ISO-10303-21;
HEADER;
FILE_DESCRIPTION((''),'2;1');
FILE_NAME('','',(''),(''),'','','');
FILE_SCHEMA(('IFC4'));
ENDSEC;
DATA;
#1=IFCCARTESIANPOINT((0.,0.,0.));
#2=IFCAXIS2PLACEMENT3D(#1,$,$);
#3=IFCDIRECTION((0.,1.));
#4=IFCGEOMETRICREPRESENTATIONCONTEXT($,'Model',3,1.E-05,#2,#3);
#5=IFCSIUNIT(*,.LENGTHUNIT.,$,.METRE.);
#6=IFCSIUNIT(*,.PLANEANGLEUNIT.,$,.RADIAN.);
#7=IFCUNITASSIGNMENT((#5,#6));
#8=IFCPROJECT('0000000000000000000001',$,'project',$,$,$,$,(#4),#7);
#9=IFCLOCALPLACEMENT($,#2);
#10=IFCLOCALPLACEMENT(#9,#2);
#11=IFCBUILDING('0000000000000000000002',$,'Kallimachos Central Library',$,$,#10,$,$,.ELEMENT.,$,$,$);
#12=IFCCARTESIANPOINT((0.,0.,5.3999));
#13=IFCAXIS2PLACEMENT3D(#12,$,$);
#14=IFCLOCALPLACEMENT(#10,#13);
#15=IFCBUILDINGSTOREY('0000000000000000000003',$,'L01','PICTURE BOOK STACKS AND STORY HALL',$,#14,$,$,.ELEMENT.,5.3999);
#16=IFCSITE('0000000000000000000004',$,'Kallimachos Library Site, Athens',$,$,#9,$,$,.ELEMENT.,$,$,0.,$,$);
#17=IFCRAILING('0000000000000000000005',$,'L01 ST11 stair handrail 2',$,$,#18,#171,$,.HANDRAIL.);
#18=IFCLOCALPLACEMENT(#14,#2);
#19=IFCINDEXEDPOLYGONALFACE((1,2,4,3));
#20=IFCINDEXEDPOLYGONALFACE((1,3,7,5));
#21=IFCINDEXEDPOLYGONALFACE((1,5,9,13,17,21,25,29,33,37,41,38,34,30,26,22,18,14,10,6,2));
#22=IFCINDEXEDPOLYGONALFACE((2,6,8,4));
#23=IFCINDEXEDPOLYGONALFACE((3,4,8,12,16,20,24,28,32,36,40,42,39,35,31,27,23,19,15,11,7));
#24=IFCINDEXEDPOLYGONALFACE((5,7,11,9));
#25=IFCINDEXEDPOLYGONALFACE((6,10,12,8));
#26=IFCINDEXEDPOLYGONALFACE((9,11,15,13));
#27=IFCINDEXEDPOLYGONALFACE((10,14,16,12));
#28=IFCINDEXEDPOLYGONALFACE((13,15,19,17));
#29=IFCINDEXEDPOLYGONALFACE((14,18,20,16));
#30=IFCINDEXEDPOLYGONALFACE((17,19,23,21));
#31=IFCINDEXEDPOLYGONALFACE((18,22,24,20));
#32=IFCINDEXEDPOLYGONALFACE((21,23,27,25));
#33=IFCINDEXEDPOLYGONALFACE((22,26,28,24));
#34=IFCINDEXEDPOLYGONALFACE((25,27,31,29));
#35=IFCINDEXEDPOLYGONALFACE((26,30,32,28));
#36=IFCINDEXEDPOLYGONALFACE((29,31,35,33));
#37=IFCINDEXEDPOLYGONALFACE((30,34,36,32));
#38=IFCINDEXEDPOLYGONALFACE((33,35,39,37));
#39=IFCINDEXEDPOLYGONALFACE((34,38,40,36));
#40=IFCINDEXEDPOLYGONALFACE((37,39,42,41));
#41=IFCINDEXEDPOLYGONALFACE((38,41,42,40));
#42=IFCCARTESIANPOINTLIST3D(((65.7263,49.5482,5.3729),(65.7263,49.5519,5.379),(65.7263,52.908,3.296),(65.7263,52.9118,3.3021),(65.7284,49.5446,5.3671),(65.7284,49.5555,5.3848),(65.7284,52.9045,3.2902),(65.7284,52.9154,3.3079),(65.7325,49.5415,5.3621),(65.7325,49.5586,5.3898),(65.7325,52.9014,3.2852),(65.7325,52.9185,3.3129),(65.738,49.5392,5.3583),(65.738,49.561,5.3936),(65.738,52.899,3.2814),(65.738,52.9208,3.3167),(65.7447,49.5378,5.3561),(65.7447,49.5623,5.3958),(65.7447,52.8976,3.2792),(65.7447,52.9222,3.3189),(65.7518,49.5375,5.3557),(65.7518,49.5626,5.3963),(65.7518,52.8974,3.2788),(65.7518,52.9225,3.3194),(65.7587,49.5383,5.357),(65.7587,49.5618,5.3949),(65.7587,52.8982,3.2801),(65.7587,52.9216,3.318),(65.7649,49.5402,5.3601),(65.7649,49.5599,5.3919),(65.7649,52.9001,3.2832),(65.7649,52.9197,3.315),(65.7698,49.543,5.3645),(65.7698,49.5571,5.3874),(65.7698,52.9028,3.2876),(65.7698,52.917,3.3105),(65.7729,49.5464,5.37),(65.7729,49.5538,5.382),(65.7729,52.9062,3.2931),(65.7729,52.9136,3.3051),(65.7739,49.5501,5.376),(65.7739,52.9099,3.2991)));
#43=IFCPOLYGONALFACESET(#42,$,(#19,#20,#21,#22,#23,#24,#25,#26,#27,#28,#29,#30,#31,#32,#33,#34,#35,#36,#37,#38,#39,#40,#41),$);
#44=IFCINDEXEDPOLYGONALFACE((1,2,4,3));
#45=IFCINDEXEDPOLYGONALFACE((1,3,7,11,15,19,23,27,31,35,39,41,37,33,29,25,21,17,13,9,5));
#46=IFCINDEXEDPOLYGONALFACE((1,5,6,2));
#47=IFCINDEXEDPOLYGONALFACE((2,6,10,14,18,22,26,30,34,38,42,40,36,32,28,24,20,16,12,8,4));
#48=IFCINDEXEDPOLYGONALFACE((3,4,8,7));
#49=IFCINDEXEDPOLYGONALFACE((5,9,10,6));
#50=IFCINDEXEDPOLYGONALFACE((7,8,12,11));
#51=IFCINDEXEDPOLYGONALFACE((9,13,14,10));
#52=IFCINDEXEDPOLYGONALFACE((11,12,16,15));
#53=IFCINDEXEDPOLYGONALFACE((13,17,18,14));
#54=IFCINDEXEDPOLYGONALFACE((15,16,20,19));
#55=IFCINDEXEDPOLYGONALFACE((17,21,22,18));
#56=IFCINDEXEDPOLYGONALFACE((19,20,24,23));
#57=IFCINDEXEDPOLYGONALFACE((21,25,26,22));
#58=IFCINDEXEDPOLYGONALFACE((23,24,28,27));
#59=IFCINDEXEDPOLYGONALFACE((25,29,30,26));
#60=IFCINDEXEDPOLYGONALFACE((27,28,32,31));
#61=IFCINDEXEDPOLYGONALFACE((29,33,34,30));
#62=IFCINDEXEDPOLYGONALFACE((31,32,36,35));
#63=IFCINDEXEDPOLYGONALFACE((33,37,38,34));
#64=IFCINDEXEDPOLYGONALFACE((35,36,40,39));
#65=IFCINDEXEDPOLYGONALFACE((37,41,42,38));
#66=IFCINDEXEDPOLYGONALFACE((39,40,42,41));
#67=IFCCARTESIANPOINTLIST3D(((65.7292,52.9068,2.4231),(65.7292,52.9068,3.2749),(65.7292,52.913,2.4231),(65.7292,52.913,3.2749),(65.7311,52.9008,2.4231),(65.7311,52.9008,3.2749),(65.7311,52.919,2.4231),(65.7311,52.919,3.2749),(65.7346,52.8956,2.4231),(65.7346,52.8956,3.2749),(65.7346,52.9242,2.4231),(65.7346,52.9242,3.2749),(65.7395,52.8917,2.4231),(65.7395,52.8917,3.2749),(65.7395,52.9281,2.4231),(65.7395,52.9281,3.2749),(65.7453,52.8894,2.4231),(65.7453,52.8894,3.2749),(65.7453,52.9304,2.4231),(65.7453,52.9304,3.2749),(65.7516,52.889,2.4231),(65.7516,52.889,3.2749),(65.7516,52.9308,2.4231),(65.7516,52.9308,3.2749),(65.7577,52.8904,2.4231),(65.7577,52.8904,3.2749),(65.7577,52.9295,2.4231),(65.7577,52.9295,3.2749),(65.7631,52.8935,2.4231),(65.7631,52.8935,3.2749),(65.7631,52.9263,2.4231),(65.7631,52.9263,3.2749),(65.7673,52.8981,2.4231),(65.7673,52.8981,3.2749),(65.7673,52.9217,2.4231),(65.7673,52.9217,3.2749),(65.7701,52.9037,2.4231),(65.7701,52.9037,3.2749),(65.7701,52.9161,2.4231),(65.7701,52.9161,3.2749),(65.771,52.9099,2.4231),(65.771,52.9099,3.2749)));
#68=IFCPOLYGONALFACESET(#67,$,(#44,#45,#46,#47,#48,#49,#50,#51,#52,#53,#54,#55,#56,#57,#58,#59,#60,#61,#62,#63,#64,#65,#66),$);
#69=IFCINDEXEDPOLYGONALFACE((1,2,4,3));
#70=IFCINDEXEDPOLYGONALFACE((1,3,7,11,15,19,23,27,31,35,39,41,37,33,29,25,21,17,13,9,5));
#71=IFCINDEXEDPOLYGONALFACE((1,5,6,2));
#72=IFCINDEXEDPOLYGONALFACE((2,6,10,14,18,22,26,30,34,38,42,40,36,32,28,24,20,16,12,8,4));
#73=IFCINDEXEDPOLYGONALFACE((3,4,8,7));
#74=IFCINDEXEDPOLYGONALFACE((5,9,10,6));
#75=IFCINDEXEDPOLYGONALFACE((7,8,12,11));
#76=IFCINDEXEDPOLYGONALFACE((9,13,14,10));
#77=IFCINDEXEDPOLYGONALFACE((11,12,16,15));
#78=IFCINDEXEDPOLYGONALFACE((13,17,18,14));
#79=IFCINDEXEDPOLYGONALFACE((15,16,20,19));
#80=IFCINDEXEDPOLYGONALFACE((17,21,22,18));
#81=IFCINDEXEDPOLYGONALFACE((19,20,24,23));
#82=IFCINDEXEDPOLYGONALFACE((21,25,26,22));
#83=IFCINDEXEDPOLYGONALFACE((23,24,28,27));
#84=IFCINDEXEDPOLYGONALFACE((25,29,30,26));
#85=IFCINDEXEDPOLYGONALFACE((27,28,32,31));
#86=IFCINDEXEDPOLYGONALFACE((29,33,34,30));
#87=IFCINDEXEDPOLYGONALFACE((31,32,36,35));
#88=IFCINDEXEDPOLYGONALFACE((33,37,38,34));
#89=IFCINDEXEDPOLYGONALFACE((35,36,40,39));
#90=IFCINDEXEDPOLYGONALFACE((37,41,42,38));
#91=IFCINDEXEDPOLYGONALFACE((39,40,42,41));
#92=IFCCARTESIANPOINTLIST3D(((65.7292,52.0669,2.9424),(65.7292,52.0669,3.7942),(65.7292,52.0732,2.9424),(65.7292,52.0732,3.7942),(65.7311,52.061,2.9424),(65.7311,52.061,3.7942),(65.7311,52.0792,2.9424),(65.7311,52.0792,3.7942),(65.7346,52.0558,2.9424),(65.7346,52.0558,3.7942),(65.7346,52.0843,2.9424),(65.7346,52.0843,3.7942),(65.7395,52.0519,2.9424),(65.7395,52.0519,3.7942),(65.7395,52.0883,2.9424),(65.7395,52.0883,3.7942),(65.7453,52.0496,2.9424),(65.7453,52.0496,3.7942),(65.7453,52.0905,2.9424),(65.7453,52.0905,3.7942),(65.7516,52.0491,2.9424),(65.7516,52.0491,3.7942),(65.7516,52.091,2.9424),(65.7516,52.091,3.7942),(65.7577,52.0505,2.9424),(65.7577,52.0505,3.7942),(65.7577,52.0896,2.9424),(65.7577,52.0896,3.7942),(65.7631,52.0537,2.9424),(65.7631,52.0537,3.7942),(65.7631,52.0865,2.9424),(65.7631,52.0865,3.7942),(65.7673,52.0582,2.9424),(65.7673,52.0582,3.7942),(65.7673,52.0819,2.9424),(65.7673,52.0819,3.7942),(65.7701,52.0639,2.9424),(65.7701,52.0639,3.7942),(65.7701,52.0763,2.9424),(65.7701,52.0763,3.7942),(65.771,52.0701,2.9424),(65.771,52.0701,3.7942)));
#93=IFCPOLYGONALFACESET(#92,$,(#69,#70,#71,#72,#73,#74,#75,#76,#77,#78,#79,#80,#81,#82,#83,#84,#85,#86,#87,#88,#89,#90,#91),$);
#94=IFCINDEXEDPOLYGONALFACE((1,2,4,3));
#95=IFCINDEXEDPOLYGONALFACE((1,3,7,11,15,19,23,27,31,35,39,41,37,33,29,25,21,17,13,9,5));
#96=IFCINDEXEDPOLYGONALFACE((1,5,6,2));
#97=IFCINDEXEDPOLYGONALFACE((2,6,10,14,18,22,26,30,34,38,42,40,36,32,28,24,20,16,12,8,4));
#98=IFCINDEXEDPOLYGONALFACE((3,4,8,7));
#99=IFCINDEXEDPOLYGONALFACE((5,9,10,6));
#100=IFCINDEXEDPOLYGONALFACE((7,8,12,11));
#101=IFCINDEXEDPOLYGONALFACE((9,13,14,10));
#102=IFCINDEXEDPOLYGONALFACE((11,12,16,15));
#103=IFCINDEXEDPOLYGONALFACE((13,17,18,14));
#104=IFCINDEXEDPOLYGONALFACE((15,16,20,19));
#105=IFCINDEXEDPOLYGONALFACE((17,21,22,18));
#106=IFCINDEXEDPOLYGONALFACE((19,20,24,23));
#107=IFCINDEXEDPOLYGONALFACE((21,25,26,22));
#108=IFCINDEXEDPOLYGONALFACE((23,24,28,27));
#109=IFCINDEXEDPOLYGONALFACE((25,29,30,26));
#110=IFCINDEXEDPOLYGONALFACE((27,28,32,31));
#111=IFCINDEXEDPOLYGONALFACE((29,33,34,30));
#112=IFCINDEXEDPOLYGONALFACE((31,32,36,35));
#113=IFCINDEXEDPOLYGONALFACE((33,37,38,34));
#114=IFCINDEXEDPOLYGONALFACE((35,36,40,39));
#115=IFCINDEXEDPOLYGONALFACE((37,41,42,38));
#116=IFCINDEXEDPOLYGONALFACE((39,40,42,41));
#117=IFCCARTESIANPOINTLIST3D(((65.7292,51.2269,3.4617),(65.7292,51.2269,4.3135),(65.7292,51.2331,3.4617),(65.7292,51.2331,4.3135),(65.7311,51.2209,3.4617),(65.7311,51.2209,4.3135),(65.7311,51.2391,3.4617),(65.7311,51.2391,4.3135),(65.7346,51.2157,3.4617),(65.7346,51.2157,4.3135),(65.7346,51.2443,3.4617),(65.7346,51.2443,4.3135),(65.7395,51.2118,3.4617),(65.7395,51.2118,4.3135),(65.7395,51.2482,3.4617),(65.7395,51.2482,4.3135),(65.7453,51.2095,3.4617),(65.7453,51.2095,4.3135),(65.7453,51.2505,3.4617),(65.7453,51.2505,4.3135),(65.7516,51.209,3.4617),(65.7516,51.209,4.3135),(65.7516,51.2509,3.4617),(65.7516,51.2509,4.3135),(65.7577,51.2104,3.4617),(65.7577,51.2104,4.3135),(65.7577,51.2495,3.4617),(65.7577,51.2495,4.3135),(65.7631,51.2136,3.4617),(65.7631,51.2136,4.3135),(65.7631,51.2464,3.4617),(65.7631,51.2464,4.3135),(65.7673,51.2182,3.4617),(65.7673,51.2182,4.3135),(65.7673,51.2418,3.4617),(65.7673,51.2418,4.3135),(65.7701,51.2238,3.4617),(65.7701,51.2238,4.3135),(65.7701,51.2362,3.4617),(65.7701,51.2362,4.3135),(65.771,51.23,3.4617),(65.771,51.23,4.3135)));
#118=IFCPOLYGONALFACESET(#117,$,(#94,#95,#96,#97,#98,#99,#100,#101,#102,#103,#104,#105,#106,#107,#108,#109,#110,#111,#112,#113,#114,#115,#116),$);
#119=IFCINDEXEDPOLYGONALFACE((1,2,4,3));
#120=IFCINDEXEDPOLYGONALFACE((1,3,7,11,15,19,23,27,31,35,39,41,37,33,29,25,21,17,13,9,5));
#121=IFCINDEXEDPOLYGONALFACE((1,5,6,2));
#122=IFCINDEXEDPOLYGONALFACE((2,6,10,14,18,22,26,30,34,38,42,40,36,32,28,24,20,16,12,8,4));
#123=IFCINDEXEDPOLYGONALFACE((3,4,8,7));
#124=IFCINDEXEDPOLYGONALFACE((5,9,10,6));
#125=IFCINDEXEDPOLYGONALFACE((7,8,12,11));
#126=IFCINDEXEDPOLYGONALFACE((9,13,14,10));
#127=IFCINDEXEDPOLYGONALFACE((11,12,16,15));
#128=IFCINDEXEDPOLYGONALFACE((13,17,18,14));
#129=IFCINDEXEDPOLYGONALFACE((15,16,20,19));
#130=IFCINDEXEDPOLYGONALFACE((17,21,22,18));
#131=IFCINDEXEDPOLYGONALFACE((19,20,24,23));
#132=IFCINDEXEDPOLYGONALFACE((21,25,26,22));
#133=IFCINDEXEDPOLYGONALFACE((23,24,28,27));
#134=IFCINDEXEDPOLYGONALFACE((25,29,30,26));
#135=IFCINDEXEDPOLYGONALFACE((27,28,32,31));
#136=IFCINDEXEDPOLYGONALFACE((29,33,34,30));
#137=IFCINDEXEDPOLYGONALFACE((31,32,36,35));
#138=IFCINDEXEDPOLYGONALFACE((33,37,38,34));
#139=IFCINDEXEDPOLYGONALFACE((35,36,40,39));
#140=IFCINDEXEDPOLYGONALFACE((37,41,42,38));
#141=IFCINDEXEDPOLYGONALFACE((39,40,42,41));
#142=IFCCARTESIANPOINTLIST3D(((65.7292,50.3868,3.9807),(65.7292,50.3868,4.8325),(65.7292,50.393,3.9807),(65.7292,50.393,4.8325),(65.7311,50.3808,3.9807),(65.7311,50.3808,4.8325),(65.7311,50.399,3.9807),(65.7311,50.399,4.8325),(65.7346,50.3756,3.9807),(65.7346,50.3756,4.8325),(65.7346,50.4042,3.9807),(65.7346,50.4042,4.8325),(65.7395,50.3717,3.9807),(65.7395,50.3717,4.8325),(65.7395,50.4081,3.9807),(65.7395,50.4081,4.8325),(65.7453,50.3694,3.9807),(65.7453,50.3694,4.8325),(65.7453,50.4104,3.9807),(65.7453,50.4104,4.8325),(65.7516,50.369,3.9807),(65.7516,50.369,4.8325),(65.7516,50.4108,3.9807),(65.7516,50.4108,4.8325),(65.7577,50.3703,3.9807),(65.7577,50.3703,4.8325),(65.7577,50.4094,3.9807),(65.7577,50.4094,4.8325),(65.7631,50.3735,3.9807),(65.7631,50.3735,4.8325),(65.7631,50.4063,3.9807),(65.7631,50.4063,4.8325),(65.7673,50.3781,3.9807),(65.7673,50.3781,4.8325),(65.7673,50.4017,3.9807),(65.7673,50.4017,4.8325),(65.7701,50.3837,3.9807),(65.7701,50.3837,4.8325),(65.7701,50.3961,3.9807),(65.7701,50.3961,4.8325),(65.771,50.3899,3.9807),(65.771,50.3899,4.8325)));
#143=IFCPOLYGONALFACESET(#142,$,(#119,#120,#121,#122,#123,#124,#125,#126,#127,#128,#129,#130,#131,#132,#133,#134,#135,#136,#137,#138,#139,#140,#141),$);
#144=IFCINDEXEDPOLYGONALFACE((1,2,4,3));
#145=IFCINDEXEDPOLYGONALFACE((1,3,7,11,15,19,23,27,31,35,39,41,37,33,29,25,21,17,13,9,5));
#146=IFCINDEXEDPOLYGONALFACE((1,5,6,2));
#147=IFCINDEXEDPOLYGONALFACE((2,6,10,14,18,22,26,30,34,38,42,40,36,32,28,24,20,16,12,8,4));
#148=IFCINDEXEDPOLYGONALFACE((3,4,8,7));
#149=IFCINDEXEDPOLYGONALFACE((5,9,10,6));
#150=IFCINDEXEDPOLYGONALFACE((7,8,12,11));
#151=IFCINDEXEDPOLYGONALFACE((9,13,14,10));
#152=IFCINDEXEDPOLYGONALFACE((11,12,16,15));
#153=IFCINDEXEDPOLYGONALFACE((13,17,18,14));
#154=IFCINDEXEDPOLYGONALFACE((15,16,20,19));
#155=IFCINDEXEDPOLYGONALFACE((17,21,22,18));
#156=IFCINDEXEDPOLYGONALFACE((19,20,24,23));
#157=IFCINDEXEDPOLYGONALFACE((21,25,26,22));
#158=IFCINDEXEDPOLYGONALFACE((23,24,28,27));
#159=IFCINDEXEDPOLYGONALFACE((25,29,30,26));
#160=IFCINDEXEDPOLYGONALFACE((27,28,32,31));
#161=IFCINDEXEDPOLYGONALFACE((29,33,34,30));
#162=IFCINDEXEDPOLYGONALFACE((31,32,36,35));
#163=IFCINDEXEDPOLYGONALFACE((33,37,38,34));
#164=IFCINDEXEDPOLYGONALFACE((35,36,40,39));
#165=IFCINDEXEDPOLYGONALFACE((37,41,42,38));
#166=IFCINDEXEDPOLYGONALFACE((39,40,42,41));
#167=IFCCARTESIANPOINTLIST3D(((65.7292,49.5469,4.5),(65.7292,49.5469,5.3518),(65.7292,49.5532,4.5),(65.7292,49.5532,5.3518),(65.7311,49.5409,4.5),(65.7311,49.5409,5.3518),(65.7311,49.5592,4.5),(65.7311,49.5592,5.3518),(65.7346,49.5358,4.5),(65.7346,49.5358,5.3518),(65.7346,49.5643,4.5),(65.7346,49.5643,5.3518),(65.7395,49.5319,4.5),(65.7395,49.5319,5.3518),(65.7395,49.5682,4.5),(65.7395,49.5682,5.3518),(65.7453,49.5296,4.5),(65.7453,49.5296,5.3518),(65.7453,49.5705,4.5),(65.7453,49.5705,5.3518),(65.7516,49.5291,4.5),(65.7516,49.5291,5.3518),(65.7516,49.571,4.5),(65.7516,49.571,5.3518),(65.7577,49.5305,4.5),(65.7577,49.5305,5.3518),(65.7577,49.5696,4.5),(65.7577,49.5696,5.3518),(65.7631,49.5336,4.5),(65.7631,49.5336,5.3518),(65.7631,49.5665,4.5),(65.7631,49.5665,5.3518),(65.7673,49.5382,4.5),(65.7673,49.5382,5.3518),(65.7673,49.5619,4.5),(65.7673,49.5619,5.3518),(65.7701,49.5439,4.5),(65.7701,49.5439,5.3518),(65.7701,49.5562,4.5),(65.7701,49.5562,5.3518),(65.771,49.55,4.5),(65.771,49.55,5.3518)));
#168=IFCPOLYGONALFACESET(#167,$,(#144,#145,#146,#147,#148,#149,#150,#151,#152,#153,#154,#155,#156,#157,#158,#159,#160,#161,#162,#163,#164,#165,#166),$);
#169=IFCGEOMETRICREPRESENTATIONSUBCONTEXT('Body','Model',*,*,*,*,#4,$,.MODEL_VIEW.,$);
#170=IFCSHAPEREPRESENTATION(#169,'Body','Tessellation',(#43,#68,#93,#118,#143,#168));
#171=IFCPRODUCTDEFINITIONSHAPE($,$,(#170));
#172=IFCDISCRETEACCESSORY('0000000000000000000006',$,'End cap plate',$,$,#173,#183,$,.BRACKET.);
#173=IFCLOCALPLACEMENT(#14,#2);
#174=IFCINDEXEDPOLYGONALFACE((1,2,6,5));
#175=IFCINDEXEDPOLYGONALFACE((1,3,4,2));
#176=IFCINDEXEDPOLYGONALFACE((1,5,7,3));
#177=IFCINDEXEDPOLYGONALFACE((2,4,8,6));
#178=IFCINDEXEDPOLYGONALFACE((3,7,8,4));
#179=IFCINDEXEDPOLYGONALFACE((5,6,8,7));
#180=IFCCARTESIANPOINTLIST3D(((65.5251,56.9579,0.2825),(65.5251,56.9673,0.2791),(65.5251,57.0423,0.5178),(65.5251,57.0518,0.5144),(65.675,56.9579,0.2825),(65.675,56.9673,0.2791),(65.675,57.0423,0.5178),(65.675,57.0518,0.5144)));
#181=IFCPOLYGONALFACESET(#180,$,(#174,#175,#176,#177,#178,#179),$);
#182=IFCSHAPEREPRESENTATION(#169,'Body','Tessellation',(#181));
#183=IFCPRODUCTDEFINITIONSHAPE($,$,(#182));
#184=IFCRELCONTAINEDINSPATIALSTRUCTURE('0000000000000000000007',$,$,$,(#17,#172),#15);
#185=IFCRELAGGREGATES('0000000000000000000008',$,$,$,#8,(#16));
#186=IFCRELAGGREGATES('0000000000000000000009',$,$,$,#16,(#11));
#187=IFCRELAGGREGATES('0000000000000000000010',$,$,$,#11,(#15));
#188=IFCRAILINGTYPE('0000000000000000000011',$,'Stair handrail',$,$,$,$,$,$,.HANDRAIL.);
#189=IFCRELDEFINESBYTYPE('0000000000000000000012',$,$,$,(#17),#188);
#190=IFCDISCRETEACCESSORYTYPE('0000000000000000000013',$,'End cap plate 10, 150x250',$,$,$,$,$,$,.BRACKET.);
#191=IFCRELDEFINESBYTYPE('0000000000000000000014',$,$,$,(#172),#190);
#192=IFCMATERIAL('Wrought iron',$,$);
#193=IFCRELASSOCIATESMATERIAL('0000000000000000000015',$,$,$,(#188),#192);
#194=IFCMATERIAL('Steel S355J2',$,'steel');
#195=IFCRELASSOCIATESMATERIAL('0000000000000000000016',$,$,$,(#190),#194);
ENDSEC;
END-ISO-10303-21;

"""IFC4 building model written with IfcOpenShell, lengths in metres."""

from ifc_helpers import new_model, si_unit, direction, frame, origin, origin_2d, place, context, subcontext, project, spatial, rectangle, circle, extrude, material, material_profile, profile_set, type_object, element, save


model = new_model("IFC4")

# Units and contexts
model_context = context("Model", 3, precision=1e-05, world=origin(), true_north=direction((0.0, 1.0)))
body_context = subcontext(model_context, "Body", "Model", "MODEL_VIEW")
ifc_project = project(units=[si_unit("LENGTHUNIT", "METRE"), si_unit("PLANEANGLEUNIT", "RADIAN")], contexts=[model_context])

# Site, building, storey
site_placement = place(None, origin())
site = spatial("IfcSite", under=ifc_project, at=site_placement, Name="Kallimachos Library Site, Athens", CompositionType="ELEMENT", RefElevation=0.0)
building_placement = place(site_placement, origin())
building = spatial("IfcBuilding", under=site, at=building_placement, Name="Kallimachos Central Library", CompositionType="ELEMENT")
storey_placement = place(building_placement, frame((0.0, 0.0, 5.3999)))
storey = spatial("IfcBuildingStorey", under=building, at=storey_placement, Name="L01", Description="PICTURE BOOK STACKS AND STORY HALL", CompositionType="ELEMENT", Elevation=5.3999)

# Railing
ifc_material_1 = material(Name="Wrought iron")
railing_type_1 = type_object("IfcRailingType", Name="Stair handrail", PredefinedType="HANDRAIL", material=ifc_material_1)
railing_1_placement = place(storey_placement, frame((65.75, 52.9099, 2.4231)))
element("IfcRailing", 1, at=railing_1_placement, inside=storey, type_object=railing_type_1, Name="L01 ST11 stair handrail 2", PredefinedType="HANDRAIL", context=body_context, shape_type="SweptSolid", body=[
    extrude(circle(Radius=0.0239, at=origin_2d()), frame((0.0, 0.0, 0.876), z_axis=(0.0, -0.850606, 0.525803), x_axis=(1.0, 0.0, 0.0)), (0.0, 0.0, 1.0), 3.95),
    extrude(circle(Radius=0.021, at=origin_2d()), origin(), (0.0, 0.0, 1.0), 0.8518),
    extrude(circle(Radius=0.021, at=origin_2d()), frame((0.0, -0.8398, 0.5193)), (0.0, 0.0, 1.0), 0.8518),
    extrude(circle(Radius=0.021, at=origin_2d()), frame((0.0, -1.6799, 1.0386)), (0.0, 0.0, 1.0), 0.8518),
    extrude(circle(Radius=0.021, at=origin_2d()), frame((0.0, -2.52, 1.5576)), (0.0, 0.0, 1.0), 0.8518),
    extrude(circle(Radius=0.021, at=origin_2d()), frame((0.0, -3.3599, 2.0769)), (0.0, 0.0, 1.0), 0.8518),
])

# Discrete accessory
ifc_material_2 = material(Name="Steel S355J2", Category="steel")
ifc_material_profile_1 = material_profile(ifc_material_2, rectangle(XDim=0.1499, YDim=0.25, at=origin_2d()), Name="End cap plate 10, 150x250")
ifc_profile_set_1 = profile_set([ifc_material_profile_1], Name="Steel S355J2")
discrete_accessory_type = type_object("IfcDiscreteAccessoryType", Name="End cap plate 10, 150x250", PredefinedType="BRACKET", material=ifc_profile_set_1)
discrete_accessory_placement = place(storey_placement, frame((65.6001, 57.0095, 0.3967), z_axis=(0.0, -0.941195, 0.337865), x_axis=(1.0, 0.0, 0.0)))
element("IfcDiscreteAccessory", 2, at=discrete_accessory_placement, inside=storey, type_object=discrete_accessory_type, Name="End cap plate", PredefinedType="BRACKET", context=body_context, shape_type="SweptSolid", body=[
    extrude(rectangle(XDim=0.1499, YDim=0.25, at=origin_2d()), origin(), (0.0, 0.0, 1.0), 0.01),
])

save(model, "model.ifc")
